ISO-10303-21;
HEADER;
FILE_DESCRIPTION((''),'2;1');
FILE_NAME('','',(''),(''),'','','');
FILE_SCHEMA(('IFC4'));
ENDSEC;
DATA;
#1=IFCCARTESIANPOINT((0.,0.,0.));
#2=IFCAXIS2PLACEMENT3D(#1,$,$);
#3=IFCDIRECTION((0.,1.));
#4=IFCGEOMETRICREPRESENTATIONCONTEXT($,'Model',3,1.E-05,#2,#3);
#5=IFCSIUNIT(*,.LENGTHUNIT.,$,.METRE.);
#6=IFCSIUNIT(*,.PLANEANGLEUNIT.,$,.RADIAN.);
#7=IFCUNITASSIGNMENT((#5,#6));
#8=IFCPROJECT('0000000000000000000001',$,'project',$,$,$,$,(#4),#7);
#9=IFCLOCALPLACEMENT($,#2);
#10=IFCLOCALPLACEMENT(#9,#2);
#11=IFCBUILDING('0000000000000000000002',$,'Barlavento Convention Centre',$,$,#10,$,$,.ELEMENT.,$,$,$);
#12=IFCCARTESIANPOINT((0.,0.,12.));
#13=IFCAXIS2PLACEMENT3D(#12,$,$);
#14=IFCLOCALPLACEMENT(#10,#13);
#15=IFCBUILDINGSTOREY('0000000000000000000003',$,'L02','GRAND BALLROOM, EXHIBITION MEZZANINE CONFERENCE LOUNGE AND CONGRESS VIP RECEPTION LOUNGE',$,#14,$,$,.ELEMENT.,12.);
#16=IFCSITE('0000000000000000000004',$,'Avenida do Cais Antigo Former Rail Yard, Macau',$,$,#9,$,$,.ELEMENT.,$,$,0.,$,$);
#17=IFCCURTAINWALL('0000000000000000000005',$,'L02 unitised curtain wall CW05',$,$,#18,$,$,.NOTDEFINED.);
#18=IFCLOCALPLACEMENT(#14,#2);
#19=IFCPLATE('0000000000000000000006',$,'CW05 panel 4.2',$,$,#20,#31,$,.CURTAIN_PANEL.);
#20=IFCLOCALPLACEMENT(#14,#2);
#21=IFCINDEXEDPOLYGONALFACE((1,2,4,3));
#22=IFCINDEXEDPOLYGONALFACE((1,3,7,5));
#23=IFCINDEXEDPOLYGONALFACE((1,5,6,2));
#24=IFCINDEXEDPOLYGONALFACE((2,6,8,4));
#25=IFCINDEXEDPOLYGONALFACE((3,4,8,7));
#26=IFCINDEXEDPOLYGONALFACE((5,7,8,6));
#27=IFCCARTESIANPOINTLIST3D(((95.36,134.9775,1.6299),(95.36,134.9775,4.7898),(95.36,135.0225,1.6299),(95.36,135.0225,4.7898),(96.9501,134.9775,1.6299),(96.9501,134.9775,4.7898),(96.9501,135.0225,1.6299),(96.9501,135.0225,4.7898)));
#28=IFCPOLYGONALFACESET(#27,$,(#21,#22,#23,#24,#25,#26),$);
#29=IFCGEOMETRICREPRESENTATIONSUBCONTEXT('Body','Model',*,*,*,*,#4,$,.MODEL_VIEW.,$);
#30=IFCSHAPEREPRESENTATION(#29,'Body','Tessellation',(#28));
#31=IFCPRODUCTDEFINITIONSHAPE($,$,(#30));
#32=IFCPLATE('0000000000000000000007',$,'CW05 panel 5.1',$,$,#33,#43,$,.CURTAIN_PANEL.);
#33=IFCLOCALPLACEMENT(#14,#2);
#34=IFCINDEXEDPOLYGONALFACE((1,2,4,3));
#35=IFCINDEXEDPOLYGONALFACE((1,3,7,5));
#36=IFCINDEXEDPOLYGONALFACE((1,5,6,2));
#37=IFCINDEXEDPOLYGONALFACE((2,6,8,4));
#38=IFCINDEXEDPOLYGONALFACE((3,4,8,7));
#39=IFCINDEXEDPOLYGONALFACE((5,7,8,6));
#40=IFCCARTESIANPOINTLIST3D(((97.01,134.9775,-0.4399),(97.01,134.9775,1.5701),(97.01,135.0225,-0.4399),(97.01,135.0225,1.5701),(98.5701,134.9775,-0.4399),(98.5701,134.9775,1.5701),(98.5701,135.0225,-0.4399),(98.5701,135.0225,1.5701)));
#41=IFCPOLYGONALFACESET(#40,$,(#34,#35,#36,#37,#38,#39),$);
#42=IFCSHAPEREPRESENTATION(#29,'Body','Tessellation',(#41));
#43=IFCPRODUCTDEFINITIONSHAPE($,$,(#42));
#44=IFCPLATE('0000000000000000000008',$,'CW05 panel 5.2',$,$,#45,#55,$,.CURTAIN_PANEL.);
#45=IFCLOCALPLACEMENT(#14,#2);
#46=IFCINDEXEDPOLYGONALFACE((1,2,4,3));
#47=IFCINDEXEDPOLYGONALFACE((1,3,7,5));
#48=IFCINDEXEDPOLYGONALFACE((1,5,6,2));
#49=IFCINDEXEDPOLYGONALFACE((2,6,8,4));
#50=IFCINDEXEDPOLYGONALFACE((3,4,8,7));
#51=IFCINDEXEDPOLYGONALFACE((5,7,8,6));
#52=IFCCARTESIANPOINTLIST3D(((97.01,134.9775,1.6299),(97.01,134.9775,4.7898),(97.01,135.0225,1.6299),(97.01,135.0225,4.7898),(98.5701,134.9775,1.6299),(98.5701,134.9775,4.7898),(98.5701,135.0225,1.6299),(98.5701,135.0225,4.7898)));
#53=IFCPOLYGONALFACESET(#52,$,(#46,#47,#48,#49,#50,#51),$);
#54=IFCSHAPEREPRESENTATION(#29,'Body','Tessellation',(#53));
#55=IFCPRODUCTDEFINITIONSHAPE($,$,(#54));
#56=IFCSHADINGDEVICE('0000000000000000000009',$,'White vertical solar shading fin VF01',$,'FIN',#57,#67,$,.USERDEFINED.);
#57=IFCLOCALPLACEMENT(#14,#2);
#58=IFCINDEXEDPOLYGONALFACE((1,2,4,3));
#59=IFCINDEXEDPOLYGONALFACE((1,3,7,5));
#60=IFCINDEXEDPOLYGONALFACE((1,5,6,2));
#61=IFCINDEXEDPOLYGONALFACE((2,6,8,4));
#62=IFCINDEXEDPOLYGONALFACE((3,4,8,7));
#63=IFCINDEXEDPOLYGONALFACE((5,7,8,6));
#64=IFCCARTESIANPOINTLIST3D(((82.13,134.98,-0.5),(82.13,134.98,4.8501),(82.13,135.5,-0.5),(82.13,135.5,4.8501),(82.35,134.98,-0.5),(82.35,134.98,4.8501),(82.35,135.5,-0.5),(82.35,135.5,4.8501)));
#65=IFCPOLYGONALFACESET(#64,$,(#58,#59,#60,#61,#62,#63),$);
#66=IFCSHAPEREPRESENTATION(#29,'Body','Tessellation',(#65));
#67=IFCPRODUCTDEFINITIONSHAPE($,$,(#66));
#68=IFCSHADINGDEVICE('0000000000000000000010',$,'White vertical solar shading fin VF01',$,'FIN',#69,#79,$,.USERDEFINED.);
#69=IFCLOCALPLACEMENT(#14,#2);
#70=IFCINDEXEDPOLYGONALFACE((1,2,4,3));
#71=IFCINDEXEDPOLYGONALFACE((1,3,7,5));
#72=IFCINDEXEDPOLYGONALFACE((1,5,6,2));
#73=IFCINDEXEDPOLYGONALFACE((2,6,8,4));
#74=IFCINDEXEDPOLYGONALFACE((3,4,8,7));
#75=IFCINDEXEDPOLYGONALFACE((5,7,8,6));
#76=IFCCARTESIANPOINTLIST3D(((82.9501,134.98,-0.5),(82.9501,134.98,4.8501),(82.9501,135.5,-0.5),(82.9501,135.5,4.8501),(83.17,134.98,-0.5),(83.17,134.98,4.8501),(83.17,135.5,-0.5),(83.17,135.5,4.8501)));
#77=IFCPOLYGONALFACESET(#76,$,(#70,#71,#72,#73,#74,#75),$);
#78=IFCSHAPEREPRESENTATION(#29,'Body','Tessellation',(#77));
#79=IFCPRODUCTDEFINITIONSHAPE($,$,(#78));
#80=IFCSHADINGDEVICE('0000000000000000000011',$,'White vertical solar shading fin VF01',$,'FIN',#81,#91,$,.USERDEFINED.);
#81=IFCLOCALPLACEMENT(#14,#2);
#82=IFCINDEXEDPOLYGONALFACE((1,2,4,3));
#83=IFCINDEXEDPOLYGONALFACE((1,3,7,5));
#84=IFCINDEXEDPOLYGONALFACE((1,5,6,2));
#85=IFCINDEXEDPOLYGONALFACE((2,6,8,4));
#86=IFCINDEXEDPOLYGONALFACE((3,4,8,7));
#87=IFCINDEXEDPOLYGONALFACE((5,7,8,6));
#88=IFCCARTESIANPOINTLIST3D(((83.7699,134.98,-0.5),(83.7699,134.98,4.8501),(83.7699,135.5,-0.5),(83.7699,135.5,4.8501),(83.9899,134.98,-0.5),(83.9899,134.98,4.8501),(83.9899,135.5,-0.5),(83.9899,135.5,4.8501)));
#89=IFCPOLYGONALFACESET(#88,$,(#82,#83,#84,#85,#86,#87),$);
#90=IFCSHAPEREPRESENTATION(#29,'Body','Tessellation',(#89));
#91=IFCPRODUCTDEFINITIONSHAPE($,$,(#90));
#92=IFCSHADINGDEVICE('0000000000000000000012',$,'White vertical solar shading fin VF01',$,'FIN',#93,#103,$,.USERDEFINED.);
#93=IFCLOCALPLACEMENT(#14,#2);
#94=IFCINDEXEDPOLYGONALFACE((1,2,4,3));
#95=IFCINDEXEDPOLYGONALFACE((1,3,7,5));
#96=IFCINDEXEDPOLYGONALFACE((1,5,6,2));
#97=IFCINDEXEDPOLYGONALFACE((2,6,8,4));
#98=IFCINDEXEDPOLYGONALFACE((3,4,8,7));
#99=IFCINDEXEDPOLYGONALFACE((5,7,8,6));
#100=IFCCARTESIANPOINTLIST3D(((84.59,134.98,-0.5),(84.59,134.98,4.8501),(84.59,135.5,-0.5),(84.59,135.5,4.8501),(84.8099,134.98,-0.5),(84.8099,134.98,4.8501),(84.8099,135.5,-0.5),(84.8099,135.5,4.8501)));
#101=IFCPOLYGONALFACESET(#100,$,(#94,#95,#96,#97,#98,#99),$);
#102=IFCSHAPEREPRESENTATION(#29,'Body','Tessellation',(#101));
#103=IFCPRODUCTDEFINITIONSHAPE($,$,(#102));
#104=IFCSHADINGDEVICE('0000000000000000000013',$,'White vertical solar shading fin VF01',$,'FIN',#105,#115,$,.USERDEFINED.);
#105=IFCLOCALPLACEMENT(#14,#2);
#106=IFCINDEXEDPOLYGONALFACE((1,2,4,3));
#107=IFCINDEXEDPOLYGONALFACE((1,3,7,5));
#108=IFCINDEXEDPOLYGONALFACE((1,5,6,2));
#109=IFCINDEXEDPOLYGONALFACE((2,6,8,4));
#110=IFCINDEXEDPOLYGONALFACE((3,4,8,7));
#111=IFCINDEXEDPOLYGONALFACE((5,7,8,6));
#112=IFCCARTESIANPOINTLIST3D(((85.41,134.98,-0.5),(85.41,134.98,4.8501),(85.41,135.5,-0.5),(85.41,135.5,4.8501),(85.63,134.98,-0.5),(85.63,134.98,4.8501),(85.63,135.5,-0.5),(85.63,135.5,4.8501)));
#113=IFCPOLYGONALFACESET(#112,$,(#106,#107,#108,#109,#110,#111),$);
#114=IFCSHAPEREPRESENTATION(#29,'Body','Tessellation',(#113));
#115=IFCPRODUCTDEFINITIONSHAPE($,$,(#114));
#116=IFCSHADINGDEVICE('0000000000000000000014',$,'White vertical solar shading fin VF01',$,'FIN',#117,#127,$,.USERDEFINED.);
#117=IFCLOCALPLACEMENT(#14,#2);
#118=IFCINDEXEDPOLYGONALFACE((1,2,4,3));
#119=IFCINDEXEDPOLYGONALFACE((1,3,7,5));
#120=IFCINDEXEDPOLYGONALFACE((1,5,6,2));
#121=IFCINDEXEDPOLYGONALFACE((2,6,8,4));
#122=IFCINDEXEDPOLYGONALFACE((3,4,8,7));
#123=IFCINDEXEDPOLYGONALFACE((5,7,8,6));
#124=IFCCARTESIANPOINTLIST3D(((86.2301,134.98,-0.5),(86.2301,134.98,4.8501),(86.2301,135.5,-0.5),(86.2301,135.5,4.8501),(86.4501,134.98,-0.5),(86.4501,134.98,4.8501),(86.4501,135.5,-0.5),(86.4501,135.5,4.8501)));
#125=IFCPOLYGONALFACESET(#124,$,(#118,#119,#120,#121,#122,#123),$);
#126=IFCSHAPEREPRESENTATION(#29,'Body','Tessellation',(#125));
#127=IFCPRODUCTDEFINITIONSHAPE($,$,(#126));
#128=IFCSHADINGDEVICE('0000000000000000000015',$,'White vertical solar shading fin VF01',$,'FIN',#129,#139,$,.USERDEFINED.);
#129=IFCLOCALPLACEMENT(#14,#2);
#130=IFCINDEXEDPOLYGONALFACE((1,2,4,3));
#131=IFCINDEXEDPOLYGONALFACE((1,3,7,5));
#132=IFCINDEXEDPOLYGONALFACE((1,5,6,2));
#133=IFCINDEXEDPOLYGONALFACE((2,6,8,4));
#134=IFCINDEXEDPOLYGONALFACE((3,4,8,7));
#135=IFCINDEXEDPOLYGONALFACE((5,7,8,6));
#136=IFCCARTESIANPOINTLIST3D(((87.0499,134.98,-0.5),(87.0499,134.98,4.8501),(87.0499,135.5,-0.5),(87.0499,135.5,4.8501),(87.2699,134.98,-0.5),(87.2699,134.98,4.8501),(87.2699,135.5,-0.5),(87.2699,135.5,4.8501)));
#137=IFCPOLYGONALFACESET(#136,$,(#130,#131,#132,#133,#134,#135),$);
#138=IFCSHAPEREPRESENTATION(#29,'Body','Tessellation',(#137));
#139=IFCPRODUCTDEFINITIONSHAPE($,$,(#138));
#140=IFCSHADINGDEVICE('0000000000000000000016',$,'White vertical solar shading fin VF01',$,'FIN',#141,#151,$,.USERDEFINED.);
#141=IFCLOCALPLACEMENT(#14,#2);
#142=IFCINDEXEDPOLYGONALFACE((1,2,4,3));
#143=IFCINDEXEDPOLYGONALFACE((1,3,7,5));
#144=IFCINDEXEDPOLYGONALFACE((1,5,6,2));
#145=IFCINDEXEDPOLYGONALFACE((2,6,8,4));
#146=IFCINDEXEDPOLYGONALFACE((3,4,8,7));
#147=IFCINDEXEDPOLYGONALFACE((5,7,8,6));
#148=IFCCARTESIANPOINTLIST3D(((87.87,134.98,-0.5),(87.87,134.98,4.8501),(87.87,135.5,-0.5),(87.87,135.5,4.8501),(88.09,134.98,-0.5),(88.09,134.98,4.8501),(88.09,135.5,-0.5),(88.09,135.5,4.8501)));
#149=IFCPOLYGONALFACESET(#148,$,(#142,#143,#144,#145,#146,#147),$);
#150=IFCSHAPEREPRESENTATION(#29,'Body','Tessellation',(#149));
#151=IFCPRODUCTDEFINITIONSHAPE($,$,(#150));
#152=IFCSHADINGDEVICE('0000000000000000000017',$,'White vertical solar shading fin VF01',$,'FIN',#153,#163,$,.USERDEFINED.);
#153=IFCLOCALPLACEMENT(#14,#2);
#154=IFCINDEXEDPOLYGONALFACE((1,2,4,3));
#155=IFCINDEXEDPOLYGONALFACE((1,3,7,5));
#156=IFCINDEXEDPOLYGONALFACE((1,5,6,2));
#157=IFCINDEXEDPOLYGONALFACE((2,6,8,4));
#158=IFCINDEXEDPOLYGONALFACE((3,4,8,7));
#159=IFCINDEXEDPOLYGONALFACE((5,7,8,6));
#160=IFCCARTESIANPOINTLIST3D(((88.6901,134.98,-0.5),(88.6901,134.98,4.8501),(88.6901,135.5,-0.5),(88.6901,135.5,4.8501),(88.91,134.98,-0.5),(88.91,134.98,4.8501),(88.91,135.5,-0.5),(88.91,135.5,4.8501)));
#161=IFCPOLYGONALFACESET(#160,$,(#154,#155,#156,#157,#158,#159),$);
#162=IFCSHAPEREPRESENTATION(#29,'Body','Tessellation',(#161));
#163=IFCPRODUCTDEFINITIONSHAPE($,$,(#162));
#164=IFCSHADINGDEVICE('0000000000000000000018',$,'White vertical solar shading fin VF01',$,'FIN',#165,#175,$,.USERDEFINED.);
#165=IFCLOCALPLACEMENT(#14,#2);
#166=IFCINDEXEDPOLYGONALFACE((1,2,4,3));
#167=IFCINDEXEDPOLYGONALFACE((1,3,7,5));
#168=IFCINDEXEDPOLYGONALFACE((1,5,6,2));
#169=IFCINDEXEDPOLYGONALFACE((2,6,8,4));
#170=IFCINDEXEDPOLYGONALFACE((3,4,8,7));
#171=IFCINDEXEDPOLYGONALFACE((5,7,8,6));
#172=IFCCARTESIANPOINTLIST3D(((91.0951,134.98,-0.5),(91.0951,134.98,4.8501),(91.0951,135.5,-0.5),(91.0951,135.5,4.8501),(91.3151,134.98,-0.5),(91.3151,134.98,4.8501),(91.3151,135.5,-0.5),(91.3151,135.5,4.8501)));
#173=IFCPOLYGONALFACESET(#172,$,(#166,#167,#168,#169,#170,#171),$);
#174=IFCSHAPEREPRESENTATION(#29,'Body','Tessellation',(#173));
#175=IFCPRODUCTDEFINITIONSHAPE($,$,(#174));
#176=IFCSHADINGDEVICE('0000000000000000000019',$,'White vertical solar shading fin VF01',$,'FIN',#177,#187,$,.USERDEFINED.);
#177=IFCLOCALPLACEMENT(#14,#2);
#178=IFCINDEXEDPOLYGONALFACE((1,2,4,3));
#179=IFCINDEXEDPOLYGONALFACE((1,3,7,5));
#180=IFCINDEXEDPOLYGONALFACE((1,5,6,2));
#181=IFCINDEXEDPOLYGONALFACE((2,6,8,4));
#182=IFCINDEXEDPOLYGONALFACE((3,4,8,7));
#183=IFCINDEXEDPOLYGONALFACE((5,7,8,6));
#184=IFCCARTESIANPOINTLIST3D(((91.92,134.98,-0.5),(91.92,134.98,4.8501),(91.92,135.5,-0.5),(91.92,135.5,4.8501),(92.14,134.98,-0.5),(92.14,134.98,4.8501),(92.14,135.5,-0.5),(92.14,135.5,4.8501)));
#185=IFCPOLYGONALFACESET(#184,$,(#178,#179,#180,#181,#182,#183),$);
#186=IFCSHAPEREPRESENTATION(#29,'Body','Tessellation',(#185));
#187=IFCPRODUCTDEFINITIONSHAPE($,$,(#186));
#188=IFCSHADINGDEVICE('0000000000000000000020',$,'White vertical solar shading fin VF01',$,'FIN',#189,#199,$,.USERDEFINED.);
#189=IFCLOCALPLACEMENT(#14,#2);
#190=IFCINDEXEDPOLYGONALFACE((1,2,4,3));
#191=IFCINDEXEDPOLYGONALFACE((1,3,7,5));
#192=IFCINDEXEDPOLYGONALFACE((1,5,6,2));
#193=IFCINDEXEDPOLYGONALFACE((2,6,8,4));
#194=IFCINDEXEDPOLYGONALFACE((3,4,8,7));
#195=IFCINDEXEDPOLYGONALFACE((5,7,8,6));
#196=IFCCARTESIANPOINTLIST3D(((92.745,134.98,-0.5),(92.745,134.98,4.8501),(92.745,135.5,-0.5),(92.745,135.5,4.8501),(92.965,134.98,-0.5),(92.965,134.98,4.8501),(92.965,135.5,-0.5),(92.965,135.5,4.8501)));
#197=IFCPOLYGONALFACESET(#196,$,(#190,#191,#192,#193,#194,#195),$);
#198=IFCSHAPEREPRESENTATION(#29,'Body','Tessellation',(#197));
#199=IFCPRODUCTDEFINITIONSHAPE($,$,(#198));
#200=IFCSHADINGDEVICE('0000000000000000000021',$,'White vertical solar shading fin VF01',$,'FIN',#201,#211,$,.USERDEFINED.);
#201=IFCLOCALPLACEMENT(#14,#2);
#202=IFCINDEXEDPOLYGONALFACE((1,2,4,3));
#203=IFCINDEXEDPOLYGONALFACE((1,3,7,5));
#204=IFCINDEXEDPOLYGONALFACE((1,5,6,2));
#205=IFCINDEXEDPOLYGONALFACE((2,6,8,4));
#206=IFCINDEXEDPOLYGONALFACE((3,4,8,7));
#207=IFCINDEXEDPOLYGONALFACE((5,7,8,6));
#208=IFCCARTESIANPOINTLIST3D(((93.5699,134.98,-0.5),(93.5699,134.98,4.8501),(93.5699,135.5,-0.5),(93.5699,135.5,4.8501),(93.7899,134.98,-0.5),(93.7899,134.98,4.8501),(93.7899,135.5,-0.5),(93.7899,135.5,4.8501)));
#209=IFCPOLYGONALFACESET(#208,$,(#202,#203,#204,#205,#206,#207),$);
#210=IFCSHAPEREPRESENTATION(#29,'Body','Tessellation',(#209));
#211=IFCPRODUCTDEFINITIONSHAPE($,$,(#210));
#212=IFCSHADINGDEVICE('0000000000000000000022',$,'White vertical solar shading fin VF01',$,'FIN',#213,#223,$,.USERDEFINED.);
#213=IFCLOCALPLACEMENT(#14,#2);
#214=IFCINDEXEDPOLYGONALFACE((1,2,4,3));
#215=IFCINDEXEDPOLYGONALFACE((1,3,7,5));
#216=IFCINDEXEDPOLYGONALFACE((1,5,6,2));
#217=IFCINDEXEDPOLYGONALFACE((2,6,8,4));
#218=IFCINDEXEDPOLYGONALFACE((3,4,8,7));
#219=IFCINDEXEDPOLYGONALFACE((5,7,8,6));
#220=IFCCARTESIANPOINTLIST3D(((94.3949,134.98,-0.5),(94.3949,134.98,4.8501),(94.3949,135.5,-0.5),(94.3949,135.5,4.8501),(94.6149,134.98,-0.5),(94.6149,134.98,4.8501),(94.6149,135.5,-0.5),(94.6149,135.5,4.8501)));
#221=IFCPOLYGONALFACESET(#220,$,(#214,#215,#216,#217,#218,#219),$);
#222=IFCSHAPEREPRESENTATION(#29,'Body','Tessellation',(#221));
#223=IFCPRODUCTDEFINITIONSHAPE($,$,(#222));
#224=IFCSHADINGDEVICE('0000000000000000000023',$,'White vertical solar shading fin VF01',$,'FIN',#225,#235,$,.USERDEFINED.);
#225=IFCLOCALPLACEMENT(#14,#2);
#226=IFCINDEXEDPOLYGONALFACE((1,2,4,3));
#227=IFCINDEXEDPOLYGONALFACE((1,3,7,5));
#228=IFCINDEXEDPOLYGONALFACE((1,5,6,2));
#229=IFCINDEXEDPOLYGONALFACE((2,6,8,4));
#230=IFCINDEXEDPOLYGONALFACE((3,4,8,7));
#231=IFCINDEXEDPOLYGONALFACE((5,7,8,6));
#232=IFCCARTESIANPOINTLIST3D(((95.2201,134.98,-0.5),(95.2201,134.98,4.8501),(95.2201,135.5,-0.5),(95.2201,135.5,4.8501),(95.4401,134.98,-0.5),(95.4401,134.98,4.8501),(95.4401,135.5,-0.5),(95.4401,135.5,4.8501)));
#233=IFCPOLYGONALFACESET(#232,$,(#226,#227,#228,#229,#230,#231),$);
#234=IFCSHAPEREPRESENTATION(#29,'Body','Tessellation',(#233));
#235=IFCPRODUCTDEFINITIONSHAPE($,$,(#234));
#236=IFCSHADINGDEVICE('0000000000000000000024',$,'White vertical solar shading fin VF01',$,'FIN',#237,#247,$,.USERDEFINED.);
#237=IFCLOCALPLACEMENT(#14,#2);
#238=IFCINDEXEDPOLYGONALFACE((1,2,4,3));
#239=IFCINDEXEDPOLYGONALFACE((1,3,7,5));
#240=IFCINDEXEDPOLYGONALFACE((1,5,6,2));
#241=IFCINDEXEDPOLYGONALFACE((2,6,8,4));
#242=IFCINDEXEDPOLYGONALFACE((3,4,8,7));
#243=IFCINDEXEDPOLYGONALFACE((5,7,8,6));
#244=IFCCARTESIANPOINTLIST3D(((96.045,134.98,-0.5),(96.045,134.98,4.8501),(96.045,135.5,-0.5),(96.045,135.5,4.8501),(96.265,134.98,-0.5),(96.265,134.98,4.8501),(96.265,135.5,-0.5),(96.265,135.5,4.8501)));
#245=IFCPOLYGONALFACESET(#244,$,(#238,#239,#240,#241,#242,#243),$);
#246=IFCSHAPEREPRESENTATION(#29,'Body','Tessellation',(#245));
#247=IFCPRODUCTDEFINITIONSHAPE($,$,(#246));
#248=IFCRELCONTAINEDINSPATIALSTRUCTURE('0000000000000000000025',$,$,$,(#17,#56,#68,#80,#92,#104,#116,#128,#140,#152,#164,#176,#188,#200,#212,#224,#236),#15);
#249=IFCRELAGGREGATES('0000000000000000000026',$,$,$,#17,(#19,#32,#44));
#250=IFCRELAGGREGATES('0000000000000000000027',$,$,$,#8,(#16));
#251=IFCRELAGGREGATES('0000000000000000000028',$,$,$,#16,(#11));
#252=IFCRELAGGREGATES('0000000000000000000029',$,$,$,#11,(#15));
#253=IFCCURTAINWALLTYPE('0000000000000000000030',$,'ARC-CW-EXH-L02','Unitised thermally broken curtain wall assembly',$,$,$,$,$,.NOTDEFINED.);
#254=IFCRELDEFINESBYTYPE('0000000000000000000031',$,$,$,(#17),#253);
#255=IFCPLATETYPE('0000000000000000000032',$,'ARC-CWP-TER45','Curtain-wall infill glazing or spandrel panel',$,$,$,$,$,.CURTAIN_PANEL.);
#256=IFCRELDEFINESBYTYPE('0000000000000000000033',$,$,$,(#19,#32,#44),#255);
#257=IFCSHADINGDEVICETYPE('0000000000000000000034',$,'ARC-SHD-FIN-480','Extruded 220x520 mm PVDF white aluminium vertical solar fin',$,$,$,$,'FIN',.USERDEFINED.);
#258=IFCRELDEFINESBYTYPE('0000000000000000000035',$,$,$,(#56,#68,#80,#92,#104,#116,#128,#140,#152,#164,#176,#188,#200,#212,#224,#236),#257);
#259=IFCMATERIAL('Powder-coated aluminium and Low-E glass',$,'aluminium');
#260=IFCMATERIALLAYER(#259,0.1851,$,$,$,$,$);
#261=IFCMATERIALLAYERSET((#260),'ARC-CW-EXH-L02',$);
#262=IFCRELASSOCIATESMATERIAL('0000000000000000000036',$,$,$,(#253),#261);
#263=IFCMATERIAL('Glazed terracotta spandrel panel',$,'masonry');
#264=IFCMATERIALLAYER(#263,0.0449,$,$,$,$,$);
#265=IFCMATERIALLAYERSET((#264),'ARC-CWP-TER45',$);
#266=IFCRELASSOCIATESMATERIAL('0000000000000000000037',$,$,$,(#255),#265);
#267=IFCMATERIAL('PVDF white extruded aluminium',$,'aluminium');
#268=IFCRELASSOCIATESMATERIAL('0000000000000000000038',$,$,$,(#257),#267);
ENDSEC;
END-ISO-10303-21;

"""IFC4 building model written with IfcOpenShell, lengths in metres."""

from ifc_helpers import new_model, si_unit, direction, frame, origin, origin_2d, place, context, subcontext, project, spatial, rectangle, extrude, material, layer, layer_set, type_object, element, aggregate, save


model = new_model("IFC4")

# Units and contexts
model_context = context("Model", 3, precision=1e-05, world=origin(), true_north=direction((0.0, 1.0)))
body_context = subcontext(model_context, "Body", "Model", "MODEL_VIEW")
ifc_project = project(units=[si_unit("LENGTHUNIT", "METRE"), si_unit("PLANEANGLEUNIT", "RADIAN")], contexts=[model_context])

# Site, building, storey
site_placement = place(None, origin())
site = spatial("IfcSite", under=ifc_project, at=site_placement, Name="Avenida do Cais Antigo Former Rail Yard, Macau", CompositionType="ELEMENT", RefElevation=0.0)
building_placement = place(site_placement, origin())
building = spatial("IfcBuilding", under=site, at=building_placement, Name="Barlavento Convention Centre", CompositionType="ELEMENT")
storey_placement = place(building_placement, frame((0.0, 0.0, 12.0)))
storey = spatial("IfcBuildingStorey", under=building, at=storey_placement, Name="L02", Description="GRAND BALLROOM, EXHIBITION MEZZANINE CONFERENCE LOUNGE AND CONGRESS VIP RECEPTION LOUNGE", CompositionType="ELEMENT", Elevation=12.0)

# Curtain wall
ifc_material_1 = material(Name="Powder-coated aluminium and Low-E glass", Category="aluminium")
ifc_layer_1 = layer(ifc_material_1, 0.1851)
ifc_layer_set_1 = layer_set([ifc_layer_1], Name="ARC-CW-EXH-L02")
curtain_wall_type = type_object("IfcCurtainWallType", Name="ARC-CW-EXH-L02", Description="Unitised thermally broken curtain wall assembly", PredefinedType="NOTDEFINED", material=ifc_layer_set_1)
curtain_wall_1_placement = place(storey_placement, origin())
curtain_wall_1 = element("IfcCurtainWall", 1, at=curtain_wall_1_placement, inside=storey, type_object=curtain_wall_type, Name="L02 unitised curtain wall CW05", PredefinedType="NOTDEFINED")

# Plates
ifc_material_2 = material(Name="Glazed terracotta spandrel panel", Category="masonry")
ifc_layer_2 = layer(ifc_material_2, 0.0449)
ifc_layer_set_2 = layer_set([ifc_layer_2], Name="ARC-CWP-TER45")
plate_type = type_object("IfcPlateType", Name="ARC-CWP-TER45", Description="Curtain-wall infill glazing or spandrel panel", PredefinedType="CURTAIN_PANEL", material=ifc_layer_set_2)
plate_1_placement = place(storey_placement, frame((96.155, 135.0, 1.6299), z_axis=(0.0, 0.0, 1.0), x_axis=(1.0, 0.0, 0.0)))
plate_1 = element("IfcPlate", 2, at=plate_1_placement, type_object=plate_type, Name="CW05 panel 4.2", PredefinedType="CURTAIN_PANEL", context=body_context, shape_type="SweptSolid", body=[
    extrude(rectangle(XDim=1.5901, YDim=0.0449, at=origin_2d()), origin(), (0.0, 0.0, 1.0), 3.1599),
])
plate_2_placement = place(storey_placement, frame((97.79, 135.0, -0.4399), z_axis=(0.0, 0.0, 1.0), x_axis=(1.0, 0.0, 0.0)))
plate_2 = element("IfcPlate", 3, at=plate_2_placement, type_object=plate_type, Name="CW05 panel 5.1", PredefinedType="CURTAIN_PANEL", context=body_context, shape_type="SweptSolid", body=[
    extrude(rectangle(XDim=1.5601, YDim=0.0449, at=origin_2d()), origin(), (0.0, 0.0, 1.0), 2.01),
])
plate_3_placement = place(storey_placement, frame((97.79, 135.0, 1.6299), z_axis=(0.0, 0.0, 1.0), x_axis=(1.0, 0.0, 0.0)))
plate_3 = element("IfcPlate", 4, at=plate_3_placement, type_object=plate_type, Name="CW05 panel 5.2", PredefinedType="CURTAIN_PANEL", context=body_context, shape_type="SweptSolid", body=[
    extrude(rectangle(XDim=1.5601, YDim=0.0449, at=origin_2d()), origin(), (0.0, 0.0, 1.0), 3.1599),
])
aggregate(curtain_wall_1, [plate_1, plate_2, plate_3])

# Shading devices
ifc_material_3 = material(Name="PVDF white extruded aluminium", Category="aluminium")
shading_device_type = type_object("IfcShadingDeviceType", Name="ARC-SHD-FIN-480", Description="Extruded 220x520 mm PVDF white aluminium vertical solar fin", ElementType="FIN", PredefinedType="USERDEFINED", material=ifc_material_3)
for number, where, z_axis, x_axis, name in (
    (5, (82.24, 135.24, -0.5), (0.0, 0.0, 1.0), (1.0, 0.0, 0.0), "White vertical solar shading fin VF01"),
    (6, (83.0601, 135.24, -0.5), (0.0, 0.0, 1.0), (1.0, 0.0, 0.0), "White vertical solar shading fin VF01"),
    (7, (83.8799, 135.24, -0.5), (0.0, 0.0, 1.0), (1.0, 0.0, 0.0), "White vertical solar shading fin VF01"),
    (8, (84.7, 135.24, -0.5), (0.0, 0.0, 1.0), (1.0, 0.0, 0.0), "White vertical solar shading fin VF01"),
    (9, (85.52, 135.24, -0.5), (0.0, 0.0, 1.0), (1.0, 0.0, 0.0), "White vertical solar shading fin VF01"),
    (10, (86.3401, 135.24, -0.5), (0.0, 0.0, 1.0), (1.0, 0.0, 0.0), "White vertical solar shading fin VF01"),
    (11, (87.1599, 135.24, -0.5), (0.0, 0.0, 1.0), (1.0, 0.0, 0.0), "White vertical solar shading fin VF01"),
    (12, (87.98, 135.24, -0.5), (0.0, 0.0, 1.0), (1.0, 0.0, 0.0), "White vertical solar shading fin VF01"),
    (13, (88.8, 135.24, -0.5), (0.0, 0.0, 1.0), (1.0, 0.0, 0.0), "White vertical solar shading fin VF01"),
    (14, (91.2051, 135.24, -0.5), (0.0, 0.0, 1.0), (1.0, 0.0, 0.0), "White vertical solar shading fin VF01"),
    (15, (92.03, 135.24, -0.5), (0.0, 0.0, 1.0), (1.0, 0.0, 0.0), "White vertical solar shading fin VF01"),
    (16, (92.855, 135.24, -0.5), (0.0, 0.0, 1.0), (1.0, 0.0, 0.0), "White vertical solar shading fin VF01"),
    (17, (93.6799, 135.24, -0.5), (0.0, 0.0, 1.0), (1.0, 0.0, 0.0), "White vertical solar shading fin VF01"),
    (18, (94.5049, 135.24, -0.5), (0.0, 0.0, 1.0), (1.0, 0.0, 0.0), "White vertical solar shading fin VF01"),
    (19, (95.3301, 135.24, -0.5), (0.0, 0.0, 1.0), (1.0, 0.0, 0.0), "White vertical solar shading fin VF01"),
    (20, (96.155, 135.24, -0.5), (0.0, 0.0, 1.0), (1.0, 0.0, 0.0), "White vertical solar shading fin VF01"),
):
    element("IfcShadingDevice", number, at=place(storey_placement, frame(where, z_axis=z_axis, x_axis=x_axis)), inside=storey, type_object=shading_device_type, Name=name, ObjectType="FIN", PredefinedType="USERDEFINED", context=body_context, shape_type="SweptSolid", body=[
        extrude(rectangle(XDim=0.22, YDim=0.52, at=origin_2d()), origin(), (0.0, 0.0, 1.0), 5.3501),
    ])

save(model, "model.ifc")
